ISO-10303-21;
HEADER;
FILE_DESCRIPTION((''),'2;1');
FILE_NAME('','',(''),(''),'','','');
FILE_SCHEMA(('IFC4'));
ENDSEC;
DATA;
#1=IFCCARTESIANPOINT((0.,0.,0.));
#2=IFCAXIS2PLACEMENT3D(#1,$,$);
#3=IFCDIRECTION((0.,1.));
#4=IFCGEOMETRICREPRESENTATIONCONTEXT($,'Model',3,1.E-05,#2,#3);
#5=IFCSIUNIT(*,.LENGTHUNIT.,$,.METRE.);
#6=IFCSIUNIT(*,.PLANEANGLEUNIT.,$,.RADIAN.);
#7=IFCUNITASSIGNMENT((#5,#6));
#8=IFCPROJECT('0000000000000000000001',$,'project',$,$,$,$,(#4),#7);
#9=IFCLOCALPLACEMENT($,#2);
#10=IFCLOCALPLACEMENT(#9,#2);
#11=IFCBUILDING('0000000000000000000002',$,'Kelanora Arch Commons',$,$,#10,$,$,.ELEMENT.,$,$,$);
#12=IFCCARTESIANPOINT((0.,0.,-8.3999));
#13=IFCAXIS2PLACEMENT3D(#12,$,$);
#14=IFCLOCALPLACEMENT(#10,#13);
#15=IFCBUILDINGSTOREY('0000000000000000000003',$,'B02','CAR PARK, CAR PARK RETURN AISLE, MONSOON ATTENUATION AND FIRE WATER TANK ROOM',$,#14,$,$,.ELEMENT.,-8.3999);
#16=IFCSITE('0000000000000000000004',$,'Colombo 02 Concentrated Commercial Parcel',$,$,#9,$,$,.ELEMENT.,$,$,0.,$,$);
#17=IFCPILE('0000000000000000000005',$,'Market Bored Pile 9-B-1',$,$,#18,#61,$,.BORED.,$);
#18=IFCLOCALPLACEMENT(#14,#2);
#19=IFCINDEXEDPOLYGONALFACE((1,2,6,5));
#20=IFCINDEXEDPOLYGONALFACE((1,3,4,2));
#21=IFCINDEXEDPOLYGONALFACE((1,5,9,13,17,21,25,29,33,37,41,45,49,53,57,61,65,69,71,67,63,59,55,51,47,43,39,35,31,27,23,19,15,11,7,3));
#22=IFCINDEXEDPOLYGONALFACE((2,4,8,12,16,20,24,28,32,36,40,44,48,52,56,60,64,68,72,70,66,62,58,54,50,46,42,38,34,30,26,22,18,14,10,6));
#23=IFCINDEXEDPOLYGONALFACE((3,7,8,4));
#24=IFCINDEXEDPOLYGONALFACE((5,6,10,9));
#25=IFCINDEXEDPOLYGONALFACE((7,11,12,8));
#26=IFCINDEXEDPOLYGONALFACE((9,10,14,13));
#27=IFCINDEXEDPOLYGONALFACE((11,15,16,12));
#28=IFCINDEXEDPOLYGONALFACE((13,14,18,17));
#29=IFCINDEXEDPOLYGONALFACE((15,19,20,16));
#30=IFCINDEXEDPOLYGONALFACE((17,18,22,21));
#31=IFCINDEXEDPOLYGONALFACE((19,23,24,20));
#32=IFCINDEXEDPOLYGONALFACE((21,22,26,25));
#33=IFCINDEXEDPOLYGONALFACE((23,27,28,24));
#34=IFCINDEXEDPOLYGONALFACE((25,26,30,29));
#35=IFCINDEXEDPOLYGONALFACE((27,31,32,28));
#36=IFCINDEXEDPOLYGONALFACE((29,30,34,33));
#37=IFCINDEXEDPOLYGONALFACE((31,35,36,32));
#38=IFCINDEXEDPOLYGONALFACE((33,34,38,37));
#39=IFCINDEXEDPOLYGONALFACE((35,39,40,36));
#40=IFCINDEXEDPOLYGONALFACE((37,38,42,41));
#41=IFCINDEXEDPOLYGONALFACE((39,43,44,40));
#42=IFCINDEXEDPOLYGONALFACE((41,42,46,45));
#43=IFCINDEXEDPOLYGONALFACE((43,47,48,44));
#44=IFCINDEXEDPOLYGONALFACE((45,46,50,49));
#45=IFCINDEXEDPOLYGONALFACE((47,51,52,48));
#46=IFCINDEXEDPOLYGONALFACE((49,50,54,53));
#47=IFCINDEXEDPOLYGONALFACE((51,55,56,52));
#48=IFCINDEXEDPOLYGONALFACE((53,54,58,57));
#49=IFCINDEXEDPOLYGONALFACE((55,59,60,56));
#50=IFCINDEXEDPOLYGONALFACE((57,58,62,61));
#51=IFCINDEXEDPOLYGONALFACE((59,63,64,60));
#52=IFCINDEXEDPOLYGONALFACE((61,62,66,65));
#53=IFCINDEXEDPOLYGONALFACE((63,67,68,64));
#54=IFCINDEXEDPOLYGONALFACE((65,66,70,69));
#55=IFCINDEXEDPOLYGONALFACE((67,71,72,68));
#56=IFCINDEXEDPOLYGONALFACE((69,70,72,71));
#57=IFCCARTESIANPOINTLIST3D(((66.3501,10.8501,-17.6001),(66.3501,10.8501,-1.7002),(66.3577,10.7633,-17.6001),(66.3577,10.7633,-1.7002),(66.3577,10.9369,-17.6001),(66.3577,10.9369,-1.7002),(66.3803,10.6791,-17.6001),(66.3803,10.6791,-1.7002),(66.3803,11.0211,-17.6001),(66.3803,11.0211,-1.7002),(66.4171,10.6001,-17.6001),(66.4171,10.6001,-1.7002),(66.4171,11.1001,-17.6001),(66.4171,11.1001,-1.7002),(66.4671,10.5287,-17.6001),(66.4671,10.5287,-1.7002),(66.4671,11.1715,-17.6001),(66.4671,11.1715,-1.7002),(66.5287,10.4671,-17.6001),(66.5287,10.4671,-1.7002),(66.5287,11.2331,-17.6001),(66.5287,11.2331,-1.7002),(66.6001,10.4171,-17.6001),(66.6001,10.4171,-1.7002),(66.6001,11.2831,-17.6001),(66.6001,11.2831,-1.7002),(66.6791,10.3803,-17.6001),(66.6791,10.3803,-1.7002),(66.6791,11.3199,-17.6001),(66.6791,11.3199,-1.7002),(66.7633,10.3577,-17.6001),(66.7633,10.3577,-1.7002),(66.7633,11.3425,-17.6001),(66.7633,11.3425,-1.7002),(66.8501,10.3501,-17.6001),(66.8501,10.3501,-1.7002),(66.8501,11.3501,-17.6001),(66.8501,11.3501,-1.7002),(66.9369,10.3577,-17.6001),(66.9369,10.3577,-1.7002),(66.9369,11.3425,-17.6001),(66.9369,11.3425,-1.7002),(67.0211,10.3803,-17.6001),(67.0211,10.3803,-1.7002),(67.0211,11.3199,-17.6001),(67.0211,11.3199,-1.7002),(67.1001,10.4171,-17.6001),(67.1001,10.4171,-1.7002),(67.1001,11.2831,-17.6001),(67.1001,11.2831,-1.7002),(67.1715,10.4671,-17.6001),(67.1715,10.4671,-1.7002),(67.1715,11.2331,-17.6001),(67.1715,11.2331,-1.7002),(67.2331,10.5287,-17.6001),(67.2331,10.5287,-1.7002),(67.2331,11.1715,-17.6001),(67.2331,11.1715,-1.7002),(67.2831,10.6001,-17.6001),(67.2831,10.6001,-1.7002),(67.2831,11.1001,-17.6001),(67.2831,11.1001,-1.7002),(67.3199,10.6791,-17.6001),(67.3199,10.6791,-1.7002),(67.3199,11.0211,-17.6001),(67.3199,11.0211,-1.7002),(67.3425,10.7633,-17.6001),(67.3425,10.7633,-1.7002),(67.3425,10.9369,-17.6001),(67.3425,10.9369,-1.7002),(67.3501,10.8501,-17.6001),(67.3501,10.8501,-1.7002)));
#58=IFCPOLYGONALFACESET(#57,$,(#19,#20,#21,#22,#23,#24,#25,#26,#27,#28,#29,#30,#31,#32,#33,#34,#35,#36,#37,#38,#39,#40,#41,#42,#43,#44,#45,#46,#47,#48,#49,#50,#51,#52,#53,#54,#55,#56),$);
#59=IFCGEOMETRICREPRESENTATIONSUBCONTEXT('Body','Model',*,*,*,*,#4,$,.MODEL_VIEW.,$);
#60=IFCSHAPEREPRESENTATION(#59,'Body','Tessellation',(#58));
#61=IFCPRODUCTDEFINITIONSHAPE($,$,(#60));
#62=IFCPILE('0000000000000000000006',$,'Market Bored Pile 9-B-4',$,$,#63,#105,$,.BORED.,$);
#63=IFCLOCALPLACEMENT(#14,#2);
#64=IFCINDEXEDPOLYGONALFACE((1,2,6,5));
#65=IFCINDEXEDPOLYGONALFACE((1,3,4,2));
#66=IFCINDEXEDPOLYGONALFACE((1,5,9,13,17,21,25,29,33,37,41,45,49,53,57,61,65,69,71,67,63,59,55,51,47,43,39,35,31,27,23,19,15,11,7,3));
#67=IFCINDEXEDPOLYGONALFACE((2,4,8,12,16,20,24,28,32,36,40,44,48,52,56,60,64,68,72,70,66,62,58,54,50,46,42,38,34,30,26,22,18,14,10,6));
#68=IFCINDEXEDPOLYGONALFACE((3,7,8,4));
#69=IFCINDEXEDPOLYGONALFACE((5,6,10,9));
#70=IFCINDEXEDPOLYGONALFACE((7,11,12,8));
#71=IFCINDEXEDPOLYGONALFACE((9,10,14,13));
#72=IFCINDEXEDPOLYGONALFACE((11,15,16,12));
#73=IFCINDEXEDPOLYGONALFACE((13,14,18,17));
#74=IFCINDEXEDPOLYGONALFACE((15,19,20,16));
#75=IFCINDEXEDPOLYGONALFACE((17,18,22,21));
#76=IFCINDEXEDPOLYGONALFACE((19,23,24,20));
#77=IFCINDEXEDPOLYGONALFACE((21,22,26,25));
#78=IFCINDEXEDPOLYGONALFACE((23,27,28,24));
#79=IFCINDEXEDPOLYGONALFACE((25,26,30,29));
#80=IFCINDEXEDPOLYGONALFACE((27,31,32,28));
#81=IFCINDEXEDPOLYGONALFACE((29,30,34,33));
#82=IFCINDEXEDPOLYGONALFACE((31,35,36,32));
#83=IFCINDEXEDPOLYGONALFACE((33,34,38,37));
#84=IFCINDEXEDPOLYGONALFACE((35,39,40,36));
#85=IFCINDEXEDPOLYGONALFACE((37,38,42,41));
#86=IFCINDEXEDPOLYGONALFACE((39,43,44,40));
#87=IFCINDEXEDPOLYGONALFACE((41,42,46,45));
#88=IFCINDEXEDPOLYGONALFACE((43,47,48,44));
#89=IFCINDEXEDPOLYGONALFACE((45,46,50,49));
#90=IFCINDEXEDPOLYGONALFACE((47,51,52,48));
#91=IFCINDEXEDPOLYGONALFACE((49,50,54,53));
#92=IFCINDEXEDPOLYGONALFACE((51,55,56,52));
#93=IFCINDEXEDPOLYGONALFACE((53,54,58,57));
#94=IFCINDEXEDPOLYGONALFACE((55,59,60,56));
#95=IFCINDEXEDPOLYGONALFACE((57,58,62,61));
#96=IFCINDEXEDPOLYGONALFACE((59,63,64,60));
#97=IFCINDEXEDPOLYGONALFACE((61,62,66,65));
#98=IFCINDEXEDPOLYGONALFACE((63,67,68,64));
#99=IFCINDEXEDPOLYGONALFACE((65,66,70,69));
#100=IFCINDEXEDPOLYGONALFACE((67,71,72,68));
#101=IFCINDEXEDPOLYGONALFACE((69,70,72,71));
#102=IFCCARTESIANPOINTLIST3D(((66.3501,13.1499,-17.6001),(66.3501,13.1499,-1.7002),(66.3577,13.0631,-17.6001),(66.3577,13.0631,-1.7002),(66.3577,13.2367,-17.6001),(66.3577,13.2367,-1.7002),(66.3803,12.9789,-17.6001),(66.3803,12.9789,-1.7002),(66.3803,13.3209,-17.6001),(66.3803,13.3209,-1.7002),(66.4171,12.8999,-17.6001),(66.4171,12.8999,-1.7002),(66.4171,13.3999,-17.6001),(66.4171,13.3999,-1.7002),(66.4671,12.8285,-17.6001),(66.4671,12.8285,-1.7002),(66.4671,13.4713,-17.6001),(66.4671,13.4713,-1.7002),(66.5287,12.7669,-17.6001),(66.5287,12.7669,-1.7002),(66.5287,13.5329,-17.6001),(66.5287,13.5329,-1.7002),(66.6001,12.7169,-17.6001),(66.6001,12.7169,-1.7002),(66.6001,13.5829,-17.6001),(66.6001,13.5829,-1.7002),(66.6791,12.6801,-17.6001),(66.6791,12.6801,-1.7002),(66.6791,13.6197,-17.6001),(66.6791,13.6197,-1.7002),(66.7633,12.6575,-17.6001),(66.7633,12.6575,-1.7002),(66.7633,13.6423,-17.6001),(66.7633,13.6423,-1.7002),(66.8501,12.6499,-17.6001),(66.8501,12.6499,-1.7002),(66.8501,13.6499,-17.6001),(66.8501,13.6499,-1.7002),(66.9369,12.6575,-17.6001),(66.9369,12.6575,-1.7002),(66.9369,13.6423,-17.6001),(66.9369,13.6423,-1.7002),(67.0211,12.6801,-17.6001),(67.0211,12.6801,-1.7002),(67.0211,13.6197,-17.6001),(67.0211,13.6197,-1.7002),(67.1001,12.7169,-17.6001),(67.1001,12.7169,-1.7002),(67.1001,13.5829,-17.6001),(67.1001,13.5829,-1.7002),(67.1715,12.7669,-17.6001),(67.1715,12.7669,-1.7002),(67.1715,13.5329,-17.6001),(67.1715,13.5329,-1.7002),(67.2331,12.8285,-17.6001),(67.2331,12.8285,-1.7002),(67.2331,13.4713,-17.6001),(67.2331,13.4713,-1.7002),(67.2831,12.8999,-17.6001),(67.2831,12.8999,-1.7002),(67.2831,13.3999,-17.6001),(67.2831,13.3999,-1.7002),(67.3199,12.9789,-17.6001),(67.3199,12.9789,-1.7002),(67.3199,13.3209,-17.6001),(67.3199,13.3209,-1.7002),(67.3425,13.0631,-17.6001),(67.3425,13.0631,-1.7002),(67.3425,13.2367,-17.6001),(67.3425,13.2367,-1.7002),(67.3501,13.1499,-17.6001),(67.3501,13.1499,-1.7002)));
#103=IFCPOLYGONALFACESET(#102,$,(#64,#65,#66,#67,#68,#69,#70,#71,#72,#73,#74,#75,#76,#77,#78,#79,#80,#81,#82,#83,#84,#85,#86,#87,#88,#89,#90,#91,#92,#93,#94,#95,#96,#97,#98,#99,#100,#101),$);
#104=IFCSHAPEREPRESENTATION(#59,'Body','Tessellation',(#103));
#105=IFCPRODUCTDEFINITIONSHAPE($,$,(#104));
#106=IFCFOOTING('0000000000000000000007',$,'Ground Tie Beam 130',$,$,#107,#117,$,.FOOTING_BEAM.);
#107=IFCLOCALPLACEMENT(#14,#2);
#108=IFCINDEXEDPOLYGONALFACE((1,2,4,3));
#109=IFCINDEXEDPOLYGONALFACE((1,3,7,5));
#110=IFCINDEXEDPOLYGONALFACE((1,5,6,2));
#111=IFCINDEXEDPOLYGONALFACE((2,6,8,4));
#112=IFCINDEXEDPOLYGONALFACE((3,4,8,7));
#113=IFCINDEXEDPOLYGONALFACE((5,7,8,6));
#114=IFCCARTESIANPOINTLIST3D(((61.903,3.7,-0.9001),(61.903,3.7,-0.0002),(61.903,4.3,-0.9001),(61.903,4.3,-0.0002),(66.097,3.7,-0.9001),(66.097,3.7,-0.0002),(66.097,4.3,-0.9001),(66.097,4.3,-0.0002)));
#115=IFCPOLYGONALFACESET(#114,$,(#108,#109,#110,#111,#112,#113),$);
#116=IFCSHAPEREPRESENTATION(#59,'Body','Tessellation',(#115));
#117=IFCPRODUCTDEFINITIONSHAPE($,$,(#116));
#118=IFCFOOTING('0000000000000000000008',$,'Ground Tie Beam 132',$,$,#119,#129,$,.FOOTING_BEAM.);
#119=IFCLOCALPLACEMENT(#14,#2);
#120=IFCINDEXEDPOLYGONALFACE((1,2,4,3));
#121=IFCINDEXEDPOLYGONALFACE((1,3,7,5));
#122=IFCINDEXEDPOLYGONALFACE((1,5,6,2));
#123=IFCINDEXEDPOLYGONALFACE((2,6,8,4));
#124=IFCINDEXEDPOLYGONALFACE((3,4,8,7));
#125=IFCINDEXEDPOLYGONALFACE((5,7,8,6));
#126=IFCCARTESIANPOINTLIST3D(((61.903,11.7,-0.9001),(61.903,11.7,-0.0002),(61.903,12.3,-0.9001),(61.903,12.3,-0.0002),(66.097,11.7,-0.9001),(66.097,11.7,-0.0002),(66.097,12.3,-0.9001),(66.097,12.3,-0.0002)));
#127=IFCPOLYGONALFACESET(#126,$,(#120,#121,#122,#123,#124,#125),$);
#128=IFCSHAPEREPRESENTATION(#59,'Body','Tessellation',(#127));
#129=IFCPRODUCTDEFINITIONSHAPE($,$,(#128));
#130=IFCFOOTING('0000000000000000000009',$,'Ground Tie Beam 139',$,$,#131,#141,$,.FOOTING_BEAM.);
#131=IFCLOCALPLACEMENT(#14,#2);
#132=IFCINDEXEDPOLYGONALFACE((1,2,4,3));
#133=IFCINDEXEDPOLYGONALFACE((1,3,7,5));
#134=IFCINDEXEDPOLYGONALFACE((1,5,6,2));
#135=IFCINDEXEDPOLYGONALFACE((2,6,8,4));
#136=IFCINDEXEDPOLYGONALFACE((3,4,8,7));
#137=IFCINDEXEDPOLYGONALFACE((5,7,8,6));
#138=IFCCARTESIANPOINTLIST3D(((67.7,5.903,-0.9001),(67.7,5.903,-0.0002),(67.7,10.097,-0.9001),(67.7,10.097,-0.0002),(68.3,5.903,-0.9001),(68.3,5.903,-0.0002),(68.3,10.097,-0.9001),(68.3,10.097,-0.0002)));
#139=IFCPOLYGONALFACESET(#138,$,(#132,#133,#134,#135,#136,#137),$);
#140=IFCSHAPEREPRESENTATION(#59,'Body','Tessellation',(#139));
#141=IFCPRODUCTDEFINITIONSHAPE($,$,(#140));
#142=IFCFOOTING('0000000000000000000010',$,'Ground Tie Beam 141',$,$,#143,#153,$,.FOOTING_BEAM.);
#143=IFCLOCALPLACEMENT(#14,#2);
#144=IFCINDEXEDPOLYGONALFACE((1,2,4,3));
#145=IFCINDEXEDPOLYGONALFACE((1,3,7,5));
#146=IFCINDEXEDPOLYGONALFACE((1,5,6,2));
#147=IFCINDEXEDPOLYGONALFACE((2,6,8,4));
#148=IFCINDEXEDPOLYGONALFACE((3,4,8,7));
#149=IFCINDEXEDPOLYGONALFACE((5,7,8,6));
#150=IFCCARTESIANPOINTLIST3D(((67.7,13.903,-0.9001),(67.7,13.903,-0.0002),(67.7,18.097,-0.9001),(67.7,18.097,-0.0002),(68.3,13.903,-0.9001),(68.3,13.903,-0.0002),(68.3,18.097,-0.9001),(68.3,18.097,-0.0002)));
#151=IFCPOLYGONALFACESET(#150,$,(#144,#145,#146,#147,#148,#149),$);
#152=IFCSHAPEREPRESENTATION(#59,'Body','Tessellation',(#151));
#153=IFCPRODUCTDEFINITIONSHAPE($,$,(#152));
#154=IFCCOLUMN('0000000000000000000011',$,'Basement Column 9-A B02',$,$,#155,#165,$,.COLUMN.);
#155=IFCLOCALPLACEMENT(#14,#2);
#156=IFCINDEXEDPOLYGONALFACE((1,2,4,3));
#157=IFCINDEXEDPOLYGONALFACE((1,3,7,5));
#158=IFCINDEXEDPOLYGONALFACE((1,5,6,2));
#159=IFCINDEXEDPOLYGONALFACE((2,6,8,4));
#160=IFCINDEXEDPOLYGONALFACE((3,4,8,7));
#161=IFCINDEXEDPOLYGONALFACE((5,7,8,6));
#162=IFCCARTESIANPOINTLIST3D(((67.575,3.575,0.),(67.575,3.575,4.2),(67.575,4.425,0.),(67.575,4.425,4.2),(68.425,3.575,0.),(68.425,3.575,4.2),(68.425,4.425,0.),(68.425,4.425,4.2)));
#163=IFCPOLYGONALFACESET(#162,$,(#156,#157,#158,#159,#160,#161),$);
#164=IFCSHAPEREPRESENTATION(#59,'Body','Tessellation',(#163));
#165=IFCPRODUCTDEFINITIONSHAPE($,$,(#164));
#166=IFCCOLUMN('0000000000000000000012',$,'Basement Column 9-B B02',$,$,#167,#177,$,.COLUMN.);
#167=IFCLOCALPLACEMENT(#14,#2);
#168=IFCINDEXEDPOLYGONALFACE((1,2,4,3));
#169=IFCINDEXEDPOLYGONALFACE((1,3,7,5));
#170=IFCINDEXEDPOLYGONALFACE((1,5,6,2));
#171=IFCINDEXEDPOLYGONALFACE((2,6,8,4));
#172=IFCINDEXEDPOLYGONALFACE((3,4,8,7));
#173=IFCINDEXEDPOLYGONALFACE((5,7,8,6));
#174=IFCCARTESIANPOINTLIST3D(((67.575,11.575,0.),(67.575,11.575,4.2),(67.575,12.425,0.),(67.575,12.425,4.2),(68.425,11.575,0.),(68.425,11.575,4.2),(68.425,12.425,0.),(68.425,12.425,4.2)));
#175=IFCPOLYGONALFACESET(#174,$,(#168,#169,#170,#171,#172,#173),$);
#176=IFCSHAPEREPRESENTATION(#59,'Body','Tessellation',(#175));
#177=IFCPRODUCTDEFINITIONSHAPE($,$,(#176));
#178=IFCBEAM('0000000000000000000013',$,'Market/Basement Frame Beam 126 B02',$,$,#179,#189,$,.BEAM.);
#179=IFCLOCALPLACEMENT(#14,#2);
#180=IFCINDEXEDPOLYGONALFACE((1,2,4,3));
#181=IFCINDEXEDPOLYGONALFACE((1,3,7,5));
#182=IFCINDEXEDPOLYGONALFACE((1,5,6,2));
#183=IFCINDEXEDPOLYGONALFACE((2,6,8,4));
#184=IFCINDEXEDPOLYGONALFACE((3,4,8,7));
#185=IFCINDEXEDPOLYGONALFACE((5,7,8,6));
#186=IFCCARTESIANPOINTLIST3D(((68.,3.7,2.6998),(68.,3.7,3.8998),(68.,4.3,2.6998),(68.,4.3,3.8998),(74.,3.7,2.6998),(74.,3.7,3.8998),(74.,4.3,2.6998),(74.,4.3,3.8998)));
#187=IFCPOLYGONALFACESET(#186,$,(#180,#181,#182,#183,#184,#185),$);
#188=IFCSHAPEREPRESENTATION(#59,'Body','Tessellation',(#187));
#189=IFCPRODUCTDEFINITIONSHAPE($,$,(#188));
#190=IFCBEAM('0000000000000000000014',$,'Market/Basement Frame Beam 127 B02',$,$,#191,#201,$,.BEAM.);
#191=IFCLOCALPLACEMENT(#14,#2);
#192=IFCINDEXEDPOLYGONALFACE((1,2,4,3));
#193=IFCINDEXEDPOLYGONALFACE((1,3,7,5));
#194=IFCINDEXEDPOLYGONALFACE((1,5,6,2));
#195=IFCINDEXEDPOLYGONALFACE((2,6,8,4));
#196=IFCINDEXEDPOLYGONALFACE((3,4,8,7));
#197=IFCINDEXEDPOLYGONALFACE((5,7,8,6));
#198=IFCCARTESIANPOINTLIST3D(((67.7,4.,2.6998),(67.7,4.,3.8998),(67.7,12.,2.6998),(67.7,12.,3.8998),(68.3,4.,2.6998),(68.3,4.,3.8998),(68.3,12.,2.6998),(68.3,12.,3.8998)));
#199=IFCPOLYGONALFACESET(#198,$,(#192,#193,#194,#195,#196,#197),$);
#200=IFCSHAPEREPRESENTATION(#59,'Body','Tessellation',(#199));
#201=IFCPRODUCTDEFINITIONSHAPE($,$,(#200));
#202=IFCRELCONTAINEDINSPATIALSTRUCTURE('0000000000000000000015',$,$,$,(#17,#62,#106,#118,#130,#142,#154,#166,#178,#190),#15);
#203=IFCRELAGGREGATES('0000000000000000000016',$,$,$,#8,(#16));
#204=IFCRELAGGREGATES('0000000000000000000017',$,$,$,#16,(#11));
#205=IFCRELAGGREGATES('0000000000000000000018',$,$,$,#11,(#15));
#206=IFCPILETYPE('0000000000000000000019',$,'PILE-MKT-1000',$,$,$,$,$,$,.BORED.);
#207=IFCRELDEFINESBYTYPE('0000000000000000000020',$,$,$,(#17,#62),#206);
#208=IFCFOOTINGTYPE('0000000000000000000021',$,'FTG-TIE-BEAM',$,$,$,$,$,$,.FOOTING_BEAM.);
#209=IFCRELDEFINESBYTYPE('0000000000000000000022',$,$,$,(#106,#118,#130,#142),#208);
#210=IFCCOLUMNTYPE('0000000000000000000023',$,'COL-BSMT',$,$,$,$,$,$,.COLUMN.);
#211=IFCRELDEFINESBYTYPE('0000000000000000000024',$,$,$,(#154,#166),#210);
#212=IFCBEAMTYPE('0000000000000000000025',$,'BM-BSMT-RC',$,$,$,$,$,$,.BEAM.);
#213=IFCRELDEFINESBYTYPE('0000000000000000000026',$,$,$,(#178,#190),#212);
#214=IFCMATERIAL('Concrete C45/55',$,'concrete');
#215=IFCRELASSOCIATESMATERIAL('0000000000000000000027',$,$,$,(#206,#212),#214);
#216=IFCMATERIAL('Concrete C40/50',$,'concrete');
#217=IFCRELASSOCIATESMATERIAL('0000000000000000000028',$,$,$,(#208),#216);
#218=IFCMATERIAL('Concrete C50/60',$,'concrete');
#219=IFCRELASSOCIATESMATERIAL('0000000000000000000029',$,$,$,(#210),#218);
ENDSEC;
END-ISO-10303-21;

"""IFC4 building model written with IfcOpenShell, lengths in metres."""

from ifc_helpers import new_model, si_unit, direction, frame, origin, origin_2d, place, context, subcontext, project, spatial, rectangle, circle, extrude, source, transform, mapped, material, material_profile, profile_set, type_object, element, save


model = new_model("IFC4")

# Units and contexts
model_context = context("Model", 3, precision=1e-05, world=origin(), true_north=direction((0.0, 1.0)))
body_context = subcontext(model_context, "Body", "Model", "MODEL_VIEW")
ifc_project = project(units=[si_unit("LENGTHUNIT", "METRE"), si_unit("PLANEANGLEUNIT", "RADIAN")], contexts=[model_context])

# Site, building, storey
site_placement = place(None, origin())
site = spatial("IfcSite", under=ifc_project, at=site_placement, Name="Colombo 02 Concentrated Commercial Parcel", CompositionType="ELEMENT", RefElevation=0.0)
building_placement = place(site_placement, origin())
building = spatial("IfcBuilding", under=site, at=building_placement, Name="Kelanora Arch Commons", CompositionType="ELEMENT")
storey_placement = place(building_placement, frame((0.0, 0.0, -8.3999)))
storey = spatial("IfcBuildingStorey", under=building, at=storey_placement, Name="B02", Description="CAR PARK, CAR PARK RETURN AISLE, MONSOON ATTENUATION AND FIRE WATER TANK ROOM", CompositionType="ELEMENT", Elevation=-8.3999)

# Shared definitions
ifc_material_1 = material(Name="Concrete C40/50", Category="concrete")

# Piles
ifc_material_2 = material(Name="Concrete C45/55", Category="concrete")
ifc_material_profile_1 = material_profile(ifc_material_2, circle(Radius=0.5, at=origin_2d()), Name="PILE1000")
ifc_profile_set_1 = profile_set([ifc_material_profile_1], Name="Concrete C45/55")
pile_type = type_object("IfcPileType", Name="PILE-MKT-1000", PredefinedType="BORED", material=ifc_profile_set_1)
shared_shape_1 = source(origin(), body_context, "Body", "SweptSolid", [
    extrude(circle(Radius=0.5, at=origin_2d()), origin(), (0.0, 0.0, 1.0), 15.8999),
])
for number, where, z_axis, x_axis, name in (
    (1, (66.8501, 10.8501, -1.7002), (0.0, 0.0, -1.0), (1.0, 0.0, 0.0), "Market Bored Pile 9-B-1"),
    (2, (66.8501, 13.1499, -1.7002), (0.0, 0.0, -1.0), (1.0, 0.0, 0.0), "Market Bored Pile 9-B-4"),
):
    element("IfcPile", number, at=place(storey_placement, frame(where, z_axis=z_axis, x_axis=x_axis)), inside=storey, type_object=pile_type, Name=name, PredefinedType="BORED", context=body_context, shape_type="MappedRepresentation", body=[
        mapped(shared_shape_1, transform((0.0, 0.0, 0.0), scale=1.0)),
    ])

# Footings
footing_type_1 = type_object("IfcFootingType", Name="FTG-TIE-BEAM", PredefinedType="FOOTING_BEAM", material=ifc_material_1)
shared_shape_2 = source(origin(), body_context, "Body", "SweptSolid", [
    extrude(rectangle(XDim=4.1941, YDim=0.6001, at=origin_2d()), origin(), (0.0, 0.0, 1.0), 0.8999),
])
for number, where, z_axis, x_axis, name in (
    (3, (64.0, 4.0, -0.9001), (0.0, 0.0, 1.0), (1.0, 0.0, 0.0), "Ground Tie Beam 130"),
    (4, (64.0, 12.0, -0.9001), (0.0, 0.0, 1.0), (1.0, 0.0, 0.0), "Ground Tie Beam 132"),
    (5, (68.0, 8.0, -0.9001), (0.0, 0.0, 1.0), (0.0, 1.0, 0.0), "Ground Tie Beam 139"),
    (6, (68.0, 16.0, -0.9001), (0.0, 0.0, 1.0), (0.0, 1.0, 0.0), "Ground Tie Beam 141"),
):
    element("IfcFooting", number, at=place(storey_placement, frame(where, z_axis=z_axis, x_axis=x_axis)), inside=storey, type_object=footing_type_1, Name=name, PredefinedType="FOOTING_BEAM", context=body_context, shape_type="MappedRepresentation", body=[
        mapped(shared_shape_2, transform((0.0, 0.0, 0.0), scale=1.0)),
    ])

# Columns
ifc_material_3 = material(Name="Concrete C50/60", Category="concrete")
ifc_material_profile_2 = material_profile(ifc_material_3, rectangle(XDim=0.8501, YDim=0.8501, at=origin_2d()), Name="RC850x850")
ifc_profile_set_2 = profile_set([ifc_material_profile_2], Name="Concrete C50/60")
column_type = type_object("IfcColumnType", Name="COL-BSMT", PredefinedType="COLUMN", material=ifc_profile_set_2)
for number, where, z_axis, x_axis, name in (
    (7, (68.0, 4.0, 0.0), (0.0, 0.0, 1.0), (1.0, 0.0, 0.0), "Basement Column 9-A B02"),
    (8, (68.0, 12.0, 0.0), (0.0, 0.0, 1.0), (1.0, 0.0, 0.0), "Basement Column 9-B B02"),
):
    element("IfcColumn", number, at=place(storey_placement, frame(where, z_axis=z_axis, x_axis=x_axis)), inside=storey, type_object=column_type, Name=name, PredefinedType="COLUMN", context=body_context, shape_type="SweptSolid", body=[
        extrude(rectangle(XDim=0.8501, YDim=0.8501, at=origin_2d()), origin(), (0.0, 0.0, 1.0), 4.2),
    ])

# Beams
ifc_material_profile_3 = material_profile(ifc_material_2, rectangle(XDim=0.6001, YDim=1.2, at=origin_2d()), Name="RCB600x1200")
ifc_profile_set_3 = profile_set([ifc_material_profile_3], Name="Concrete C45/55")
beam_type = type_object("IfcBeamType", Name="BM-BSMT-RC", PredefinedType="BEAM", material=ifc_profile_set_3)
beam_1_placement = place(storey_placement, frame((68.0, 4.0, 3.2998), z_axis=(1.0, 0.0, 0.0), x_axis=(0.0, 1.0, 0.0)))
element("IfcBeam", 9, at=beam_1_placement, inside=storey, type_object=beam_type, Name="Market/Basement Frame Beam 126 B02", PredefinedType="BEAM", context=body_context, shape_type="SweptSolid", body=[
    extrude(rectangle(XDim=0.6001, YDim=1.2, at=origin_2d()), origin(), (0.0, 0.0, 1.0), 6.0),
])
beam_2_placement = place(storey_placement, frame((68.0, 4.0, 3.2998), z_axis=(0.0, 1.0, 0.0), x_axis=(-1.0, 0.0, 0.0)))
element("IfcBeam", 10, at=beam_2_placement, inside=storey, type_object=beam_type, Name="Market/Basement Frame Beam 127 B02", PredefinedType="BEAM", context=body_context, shape_type="SweptSolid", body=[
    extrude(rectangle(XDim=0.6001, YDim=1.2, at=origin_2d()), origin(), (0.0, 0.0, 1.0), 8.0),
])

save(model, "model.ifc")
